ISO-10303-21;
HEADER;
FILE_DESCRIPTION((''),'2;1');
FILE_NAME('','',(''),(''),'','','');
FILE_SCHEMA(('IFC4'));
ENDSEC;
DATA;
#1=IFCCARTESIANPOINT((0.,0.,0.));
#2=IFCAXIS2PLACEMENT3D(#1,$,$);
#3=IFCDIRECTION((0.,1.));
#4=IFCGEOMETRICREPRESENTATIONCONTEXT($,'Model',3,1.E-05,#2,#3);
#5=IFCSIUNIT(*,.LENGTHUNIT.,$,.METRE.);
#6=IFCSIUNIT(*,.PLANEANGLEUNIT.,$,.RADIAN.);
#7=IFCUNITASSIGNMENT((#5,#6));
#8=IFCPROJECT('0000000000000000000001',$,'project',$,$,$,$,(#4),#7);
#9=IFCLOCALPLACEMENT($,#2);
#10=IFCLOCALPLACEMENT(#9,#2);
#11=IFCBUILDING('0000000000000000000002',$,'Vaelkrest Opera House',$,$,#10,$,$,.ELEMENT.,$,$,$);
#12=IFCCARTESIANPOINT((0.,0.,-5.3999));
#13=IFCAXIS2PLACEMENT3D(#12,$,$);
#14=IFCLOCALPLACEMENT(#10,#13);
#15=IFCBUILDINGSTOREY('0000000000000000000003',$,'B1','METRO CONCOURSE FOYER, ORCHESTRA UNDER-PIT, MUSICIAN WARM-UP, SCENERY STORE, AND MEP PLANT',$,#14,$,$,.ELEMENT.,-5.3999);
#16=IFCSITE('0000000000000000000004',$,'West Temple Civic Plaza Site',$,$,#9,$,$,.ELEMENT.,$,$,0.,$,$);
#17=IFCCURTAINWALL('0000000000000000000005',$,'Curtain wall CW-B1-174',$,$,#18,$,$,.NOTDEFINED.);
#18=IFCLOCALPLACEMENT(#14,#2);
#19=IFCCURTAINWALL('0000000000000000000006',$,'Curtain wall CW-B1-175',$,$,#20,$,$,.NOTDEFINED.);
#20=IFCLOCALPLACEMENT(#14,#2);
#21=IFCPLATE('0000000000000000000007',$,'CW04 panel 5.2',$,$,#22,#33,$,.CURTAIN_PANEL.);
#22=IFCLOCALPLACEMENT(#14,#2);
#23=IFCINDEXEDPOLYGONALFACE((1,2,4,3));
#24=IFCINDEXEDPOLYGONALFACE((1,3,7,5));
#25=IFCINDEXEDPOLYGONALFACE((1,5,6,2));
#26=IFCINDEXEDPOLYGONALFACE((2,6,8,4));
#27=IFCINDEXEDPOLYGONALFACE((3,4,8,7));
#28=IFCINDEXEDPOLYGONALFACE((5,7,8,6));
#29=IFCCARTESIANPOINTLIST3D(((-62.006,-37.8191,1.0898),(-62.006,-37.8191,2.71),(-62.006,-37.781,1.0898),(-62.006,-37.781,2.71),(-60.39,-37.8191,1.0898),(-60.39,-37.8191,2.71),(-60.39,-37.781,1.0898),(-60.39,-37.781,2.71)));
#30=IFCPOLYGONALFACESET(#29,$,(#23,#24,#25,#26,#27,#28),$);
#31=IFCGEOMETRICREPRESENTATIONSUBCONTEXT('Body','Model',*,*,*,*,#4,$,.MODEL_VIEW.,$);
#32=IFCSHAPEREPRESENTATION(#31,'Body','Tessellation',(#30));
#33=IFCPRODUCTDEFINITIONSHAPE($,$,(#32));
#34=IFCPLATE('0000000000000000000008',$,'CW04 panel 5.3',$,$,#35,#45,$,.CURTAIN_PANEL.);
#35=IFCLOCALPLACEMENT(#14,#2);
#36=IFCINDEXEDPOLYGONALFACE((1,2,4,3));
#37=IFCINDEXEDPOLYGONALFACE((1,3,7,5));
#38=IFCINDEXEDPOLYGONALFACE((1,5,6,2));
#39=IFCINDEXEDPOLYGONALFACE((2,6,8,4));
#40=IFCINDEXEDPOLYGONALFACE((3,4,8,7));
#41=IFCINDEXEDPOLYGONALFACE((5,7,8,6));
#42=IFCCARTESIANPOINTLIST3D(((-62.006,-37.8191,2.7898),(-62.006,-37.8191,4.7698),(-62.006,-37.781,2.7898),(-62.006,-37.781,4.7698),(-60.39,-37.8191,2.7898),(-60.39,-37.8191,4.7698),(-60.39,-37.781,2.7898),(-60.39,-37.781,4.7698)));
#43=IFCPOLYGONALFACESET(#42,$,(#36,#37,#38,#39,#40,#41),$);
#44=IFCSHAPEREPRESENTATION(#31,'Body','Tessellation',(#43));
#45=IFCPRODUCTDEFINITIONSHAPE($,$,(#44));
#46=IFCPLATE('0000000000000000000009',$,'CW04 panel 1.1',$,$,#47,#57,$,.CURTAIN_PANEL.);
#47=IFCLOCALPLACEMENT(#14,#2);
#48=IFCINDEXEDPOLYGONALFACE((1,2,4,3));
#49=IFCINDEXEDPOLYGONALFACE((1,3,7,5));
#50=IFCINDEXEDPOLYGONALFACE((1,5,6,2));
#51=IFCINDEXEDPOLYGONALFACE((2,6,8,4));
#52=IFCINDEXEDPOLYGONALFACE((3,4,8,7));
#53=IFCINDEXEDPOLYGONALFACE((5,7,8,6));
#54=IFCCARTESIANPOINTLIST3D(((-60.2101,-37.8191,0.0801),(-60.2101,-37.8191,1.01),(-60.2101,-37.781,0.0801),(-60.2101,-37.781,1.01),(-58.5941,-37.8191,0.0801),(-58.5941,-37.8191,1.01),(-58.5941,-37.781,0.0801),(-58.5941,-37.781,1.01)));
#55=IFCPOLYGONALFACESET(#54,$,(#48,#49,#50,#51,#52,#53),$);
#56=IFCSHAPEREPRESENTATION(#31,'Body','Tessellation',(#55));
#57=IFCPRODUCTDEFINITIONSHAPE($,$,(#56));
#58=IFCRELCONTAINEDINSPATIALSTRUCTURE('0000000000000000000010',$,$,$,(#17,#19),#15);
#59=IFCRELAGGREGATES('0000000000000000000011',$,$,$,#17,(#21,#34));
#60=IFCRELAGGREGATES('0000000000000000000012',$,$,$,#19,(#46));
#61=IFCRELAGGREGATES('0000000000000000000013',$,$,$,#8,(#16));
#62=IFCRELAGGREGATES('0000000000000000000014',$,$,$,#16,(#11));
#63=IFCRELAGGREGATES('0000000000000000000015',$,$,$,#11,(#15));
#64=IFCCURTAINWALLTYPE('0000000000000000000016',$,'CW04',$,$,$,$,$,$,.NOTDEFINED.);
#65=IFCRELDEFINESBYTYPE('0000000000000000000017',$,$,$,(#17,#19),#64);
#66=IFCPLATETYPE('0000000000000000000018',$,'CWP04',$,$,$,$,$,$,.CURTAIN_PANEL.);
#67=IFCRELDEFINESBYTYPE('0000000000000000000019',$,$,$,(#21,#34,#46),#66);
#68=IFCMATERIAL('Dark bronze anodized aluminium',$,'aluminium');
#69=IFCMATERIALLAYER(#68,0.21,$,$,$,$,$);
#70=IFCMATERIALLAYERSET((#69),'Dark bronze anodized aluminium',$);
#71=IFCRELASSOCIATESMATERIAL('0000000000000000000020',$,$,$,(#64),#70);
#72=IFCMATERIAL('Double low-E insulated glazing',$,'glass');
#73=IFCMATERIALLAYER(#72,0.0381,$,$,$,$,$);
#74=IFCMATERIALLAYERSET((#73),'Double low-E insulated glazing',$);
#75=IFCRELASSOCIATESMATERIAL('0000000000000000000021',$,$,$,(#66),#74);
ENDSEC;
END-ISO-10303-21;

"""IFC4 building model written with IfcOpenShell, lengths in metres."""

from ifc_helpers import new_model, si_unit, direction, frame, origin, origin_2d, place, context, subcontext, project, spatial, rectangle, extrude, material, layer, layer_set, type_object, element, aggregate, save


model = new_model("IFC4")

# Units and contexts
model_context = context("Model", 3, precision=1e-05, world=origin(), true_north=direction((0.0, 1.0)))
body_context = subcontext(model_context, "Body", "Model", "MODEL_VIEW")
ifc_project = project(units=[si_unit("LENGTHUNIT", "METRE"), si_unit("PLANEANGLEUNIT", "RADIAN")], contexts=[model_context])

# Site, building, storey
site_placement = place(None, origin())
site = spatial("IfcSite", under=ifc_project, at=site_placement, Name="West Temple Civic Plaza Site", CompositionType="ELEMENT", RefElevation=0.0)
building_placement = place(site_placement, origin())
building = spatial("IfcBuilding", under=site, at=building_placement, Name="Vaelkrest Opera House", CompositionType="ELEMENT")
storey_placement = place(building_placement, frame((0.0, 0.0, -5.3999)))
storey = spatial("IfcBuildingStorey", under=building, at=storey_placement, Name="B1", Description="METRO CONCOURSE FOYER, ORCHESTRA UNDER-PIT, MUSICIAN WARM-UP, SCENERY STORE, AND MEP PLANT", CompositionType="ELEMENT", Elevation=-5.3999)

# Curtain wall
ifc_material_1 = material(Name="Dark bronze anodized aluminium", Category="aluminium")
ifc_layer_1 = layer(ifc_material_1, 0.21)
ifc_layer_set_1 = layer_set([ifc_layer_1], Name="Dark bronze anodized aluminium")
curtain_wall_type = type_object("IfcCurtainWallType", Name="CW04", PredefinedType="NOTDEFINED", material=ifc_layer_set_1)
curtain_wall_1_placement = place(storey_placement, origin())
curtain_wall_1 = element("IfcCurtainWall", 1, at=curtain_wall_1_placement, inside=storey, type_object=curtain_wall_type, Name="Curtain wall CW-B1-174", PredefinedType="NOTDEFINED")

# Curtain wall
curtain_wall_2_placement = place(storey_placement, origin())
curtain_wall_2 = element("IfcCurtainWall", 2, at=curtain_wall_2_placement, inside=storey, type_object=curtain_wall_type, Name="Curtain wall CW-B1-175", PredefinedType="NOTDEFINED")

# Plates
ifc_material_2 = material(Name="Double low-E insulated glazing", Category="glass")
ifc_layer_2 = layer(ifc_material_2, 0.0381)
ifc_layer_set_2 = layer_set([ifc_layer_2], Name="Double low-E insulated glazing")
plate_type = type_object("IfcPlateType", Name="CWP04", PredefinedType="CURTAIN_PANEL", material=ifc_layer_set_2)
plate_1_placement = place(storey_placement, frame((-61.198, -37.8, 1.0898), z_axis=(0.0, 0.0, 1.0), x_axis=(1.0, 0.0, 0.0)))
plate_1 = element("IfcPlate", 3, at=plate_1_placement, type_object=plate_type, Name="CW04 panel 5.2", PredefinedType="CURTAIN_PANEL", context=body_context, shape_type="SweptSolid", body=[
    extrude(rectangle(XDim=1.616, YDim=0.0381, at=origin_2d()), origin(), (0.0, 0.0, 1.0), 1.6201),
])
plate_2_placement = place(storey_placement, frame((-61.198, -37.8, 2.7898), z_axis=(0.0, 0.0, 1.0), x_axis=(1.0, 0.0, 0.0)))
plate_2 = element("IfcPlate", 4, at=plate_2_placement, type_object=plate_type, Name="CW04 panel 5.3", PredefinedType="CURTAIN_PANEL", context=body_context, shape_type="SweptSolid", body=[
    extrude(rectangle(XDim=1.616, YDim=0.0381, at=origin_2d()), origin(), (0.0, 0.0, 1.0), 1.98),
])
aggregate(curtain_wall_1, [plate_1, plate_2])
plate_3_placement = place(storey_placement, frame((-59.4021, -37.8, 0.0801), z_axis=(0.0, 0.0, 1.0), x_axis=(1.0, 0.0, 0.0)))
plate_3 = element("IfcPlate", 5, at=plate_3_placement, type_object=plate_type, Name="CW04 panel 1.1", PredefinedType="CURTAIN_PANEL", context=body_context, shape_type="SweptSolid", body=[
    extrude(rectangle(XDim=1.616, YDim=0.0381, at=origin_2d()), origin(), (0.0, 0.0, 1.0), 0.9299),
])
aggregate(curtain_wall_2, [plate_3])

save(model, "model.ifc")
